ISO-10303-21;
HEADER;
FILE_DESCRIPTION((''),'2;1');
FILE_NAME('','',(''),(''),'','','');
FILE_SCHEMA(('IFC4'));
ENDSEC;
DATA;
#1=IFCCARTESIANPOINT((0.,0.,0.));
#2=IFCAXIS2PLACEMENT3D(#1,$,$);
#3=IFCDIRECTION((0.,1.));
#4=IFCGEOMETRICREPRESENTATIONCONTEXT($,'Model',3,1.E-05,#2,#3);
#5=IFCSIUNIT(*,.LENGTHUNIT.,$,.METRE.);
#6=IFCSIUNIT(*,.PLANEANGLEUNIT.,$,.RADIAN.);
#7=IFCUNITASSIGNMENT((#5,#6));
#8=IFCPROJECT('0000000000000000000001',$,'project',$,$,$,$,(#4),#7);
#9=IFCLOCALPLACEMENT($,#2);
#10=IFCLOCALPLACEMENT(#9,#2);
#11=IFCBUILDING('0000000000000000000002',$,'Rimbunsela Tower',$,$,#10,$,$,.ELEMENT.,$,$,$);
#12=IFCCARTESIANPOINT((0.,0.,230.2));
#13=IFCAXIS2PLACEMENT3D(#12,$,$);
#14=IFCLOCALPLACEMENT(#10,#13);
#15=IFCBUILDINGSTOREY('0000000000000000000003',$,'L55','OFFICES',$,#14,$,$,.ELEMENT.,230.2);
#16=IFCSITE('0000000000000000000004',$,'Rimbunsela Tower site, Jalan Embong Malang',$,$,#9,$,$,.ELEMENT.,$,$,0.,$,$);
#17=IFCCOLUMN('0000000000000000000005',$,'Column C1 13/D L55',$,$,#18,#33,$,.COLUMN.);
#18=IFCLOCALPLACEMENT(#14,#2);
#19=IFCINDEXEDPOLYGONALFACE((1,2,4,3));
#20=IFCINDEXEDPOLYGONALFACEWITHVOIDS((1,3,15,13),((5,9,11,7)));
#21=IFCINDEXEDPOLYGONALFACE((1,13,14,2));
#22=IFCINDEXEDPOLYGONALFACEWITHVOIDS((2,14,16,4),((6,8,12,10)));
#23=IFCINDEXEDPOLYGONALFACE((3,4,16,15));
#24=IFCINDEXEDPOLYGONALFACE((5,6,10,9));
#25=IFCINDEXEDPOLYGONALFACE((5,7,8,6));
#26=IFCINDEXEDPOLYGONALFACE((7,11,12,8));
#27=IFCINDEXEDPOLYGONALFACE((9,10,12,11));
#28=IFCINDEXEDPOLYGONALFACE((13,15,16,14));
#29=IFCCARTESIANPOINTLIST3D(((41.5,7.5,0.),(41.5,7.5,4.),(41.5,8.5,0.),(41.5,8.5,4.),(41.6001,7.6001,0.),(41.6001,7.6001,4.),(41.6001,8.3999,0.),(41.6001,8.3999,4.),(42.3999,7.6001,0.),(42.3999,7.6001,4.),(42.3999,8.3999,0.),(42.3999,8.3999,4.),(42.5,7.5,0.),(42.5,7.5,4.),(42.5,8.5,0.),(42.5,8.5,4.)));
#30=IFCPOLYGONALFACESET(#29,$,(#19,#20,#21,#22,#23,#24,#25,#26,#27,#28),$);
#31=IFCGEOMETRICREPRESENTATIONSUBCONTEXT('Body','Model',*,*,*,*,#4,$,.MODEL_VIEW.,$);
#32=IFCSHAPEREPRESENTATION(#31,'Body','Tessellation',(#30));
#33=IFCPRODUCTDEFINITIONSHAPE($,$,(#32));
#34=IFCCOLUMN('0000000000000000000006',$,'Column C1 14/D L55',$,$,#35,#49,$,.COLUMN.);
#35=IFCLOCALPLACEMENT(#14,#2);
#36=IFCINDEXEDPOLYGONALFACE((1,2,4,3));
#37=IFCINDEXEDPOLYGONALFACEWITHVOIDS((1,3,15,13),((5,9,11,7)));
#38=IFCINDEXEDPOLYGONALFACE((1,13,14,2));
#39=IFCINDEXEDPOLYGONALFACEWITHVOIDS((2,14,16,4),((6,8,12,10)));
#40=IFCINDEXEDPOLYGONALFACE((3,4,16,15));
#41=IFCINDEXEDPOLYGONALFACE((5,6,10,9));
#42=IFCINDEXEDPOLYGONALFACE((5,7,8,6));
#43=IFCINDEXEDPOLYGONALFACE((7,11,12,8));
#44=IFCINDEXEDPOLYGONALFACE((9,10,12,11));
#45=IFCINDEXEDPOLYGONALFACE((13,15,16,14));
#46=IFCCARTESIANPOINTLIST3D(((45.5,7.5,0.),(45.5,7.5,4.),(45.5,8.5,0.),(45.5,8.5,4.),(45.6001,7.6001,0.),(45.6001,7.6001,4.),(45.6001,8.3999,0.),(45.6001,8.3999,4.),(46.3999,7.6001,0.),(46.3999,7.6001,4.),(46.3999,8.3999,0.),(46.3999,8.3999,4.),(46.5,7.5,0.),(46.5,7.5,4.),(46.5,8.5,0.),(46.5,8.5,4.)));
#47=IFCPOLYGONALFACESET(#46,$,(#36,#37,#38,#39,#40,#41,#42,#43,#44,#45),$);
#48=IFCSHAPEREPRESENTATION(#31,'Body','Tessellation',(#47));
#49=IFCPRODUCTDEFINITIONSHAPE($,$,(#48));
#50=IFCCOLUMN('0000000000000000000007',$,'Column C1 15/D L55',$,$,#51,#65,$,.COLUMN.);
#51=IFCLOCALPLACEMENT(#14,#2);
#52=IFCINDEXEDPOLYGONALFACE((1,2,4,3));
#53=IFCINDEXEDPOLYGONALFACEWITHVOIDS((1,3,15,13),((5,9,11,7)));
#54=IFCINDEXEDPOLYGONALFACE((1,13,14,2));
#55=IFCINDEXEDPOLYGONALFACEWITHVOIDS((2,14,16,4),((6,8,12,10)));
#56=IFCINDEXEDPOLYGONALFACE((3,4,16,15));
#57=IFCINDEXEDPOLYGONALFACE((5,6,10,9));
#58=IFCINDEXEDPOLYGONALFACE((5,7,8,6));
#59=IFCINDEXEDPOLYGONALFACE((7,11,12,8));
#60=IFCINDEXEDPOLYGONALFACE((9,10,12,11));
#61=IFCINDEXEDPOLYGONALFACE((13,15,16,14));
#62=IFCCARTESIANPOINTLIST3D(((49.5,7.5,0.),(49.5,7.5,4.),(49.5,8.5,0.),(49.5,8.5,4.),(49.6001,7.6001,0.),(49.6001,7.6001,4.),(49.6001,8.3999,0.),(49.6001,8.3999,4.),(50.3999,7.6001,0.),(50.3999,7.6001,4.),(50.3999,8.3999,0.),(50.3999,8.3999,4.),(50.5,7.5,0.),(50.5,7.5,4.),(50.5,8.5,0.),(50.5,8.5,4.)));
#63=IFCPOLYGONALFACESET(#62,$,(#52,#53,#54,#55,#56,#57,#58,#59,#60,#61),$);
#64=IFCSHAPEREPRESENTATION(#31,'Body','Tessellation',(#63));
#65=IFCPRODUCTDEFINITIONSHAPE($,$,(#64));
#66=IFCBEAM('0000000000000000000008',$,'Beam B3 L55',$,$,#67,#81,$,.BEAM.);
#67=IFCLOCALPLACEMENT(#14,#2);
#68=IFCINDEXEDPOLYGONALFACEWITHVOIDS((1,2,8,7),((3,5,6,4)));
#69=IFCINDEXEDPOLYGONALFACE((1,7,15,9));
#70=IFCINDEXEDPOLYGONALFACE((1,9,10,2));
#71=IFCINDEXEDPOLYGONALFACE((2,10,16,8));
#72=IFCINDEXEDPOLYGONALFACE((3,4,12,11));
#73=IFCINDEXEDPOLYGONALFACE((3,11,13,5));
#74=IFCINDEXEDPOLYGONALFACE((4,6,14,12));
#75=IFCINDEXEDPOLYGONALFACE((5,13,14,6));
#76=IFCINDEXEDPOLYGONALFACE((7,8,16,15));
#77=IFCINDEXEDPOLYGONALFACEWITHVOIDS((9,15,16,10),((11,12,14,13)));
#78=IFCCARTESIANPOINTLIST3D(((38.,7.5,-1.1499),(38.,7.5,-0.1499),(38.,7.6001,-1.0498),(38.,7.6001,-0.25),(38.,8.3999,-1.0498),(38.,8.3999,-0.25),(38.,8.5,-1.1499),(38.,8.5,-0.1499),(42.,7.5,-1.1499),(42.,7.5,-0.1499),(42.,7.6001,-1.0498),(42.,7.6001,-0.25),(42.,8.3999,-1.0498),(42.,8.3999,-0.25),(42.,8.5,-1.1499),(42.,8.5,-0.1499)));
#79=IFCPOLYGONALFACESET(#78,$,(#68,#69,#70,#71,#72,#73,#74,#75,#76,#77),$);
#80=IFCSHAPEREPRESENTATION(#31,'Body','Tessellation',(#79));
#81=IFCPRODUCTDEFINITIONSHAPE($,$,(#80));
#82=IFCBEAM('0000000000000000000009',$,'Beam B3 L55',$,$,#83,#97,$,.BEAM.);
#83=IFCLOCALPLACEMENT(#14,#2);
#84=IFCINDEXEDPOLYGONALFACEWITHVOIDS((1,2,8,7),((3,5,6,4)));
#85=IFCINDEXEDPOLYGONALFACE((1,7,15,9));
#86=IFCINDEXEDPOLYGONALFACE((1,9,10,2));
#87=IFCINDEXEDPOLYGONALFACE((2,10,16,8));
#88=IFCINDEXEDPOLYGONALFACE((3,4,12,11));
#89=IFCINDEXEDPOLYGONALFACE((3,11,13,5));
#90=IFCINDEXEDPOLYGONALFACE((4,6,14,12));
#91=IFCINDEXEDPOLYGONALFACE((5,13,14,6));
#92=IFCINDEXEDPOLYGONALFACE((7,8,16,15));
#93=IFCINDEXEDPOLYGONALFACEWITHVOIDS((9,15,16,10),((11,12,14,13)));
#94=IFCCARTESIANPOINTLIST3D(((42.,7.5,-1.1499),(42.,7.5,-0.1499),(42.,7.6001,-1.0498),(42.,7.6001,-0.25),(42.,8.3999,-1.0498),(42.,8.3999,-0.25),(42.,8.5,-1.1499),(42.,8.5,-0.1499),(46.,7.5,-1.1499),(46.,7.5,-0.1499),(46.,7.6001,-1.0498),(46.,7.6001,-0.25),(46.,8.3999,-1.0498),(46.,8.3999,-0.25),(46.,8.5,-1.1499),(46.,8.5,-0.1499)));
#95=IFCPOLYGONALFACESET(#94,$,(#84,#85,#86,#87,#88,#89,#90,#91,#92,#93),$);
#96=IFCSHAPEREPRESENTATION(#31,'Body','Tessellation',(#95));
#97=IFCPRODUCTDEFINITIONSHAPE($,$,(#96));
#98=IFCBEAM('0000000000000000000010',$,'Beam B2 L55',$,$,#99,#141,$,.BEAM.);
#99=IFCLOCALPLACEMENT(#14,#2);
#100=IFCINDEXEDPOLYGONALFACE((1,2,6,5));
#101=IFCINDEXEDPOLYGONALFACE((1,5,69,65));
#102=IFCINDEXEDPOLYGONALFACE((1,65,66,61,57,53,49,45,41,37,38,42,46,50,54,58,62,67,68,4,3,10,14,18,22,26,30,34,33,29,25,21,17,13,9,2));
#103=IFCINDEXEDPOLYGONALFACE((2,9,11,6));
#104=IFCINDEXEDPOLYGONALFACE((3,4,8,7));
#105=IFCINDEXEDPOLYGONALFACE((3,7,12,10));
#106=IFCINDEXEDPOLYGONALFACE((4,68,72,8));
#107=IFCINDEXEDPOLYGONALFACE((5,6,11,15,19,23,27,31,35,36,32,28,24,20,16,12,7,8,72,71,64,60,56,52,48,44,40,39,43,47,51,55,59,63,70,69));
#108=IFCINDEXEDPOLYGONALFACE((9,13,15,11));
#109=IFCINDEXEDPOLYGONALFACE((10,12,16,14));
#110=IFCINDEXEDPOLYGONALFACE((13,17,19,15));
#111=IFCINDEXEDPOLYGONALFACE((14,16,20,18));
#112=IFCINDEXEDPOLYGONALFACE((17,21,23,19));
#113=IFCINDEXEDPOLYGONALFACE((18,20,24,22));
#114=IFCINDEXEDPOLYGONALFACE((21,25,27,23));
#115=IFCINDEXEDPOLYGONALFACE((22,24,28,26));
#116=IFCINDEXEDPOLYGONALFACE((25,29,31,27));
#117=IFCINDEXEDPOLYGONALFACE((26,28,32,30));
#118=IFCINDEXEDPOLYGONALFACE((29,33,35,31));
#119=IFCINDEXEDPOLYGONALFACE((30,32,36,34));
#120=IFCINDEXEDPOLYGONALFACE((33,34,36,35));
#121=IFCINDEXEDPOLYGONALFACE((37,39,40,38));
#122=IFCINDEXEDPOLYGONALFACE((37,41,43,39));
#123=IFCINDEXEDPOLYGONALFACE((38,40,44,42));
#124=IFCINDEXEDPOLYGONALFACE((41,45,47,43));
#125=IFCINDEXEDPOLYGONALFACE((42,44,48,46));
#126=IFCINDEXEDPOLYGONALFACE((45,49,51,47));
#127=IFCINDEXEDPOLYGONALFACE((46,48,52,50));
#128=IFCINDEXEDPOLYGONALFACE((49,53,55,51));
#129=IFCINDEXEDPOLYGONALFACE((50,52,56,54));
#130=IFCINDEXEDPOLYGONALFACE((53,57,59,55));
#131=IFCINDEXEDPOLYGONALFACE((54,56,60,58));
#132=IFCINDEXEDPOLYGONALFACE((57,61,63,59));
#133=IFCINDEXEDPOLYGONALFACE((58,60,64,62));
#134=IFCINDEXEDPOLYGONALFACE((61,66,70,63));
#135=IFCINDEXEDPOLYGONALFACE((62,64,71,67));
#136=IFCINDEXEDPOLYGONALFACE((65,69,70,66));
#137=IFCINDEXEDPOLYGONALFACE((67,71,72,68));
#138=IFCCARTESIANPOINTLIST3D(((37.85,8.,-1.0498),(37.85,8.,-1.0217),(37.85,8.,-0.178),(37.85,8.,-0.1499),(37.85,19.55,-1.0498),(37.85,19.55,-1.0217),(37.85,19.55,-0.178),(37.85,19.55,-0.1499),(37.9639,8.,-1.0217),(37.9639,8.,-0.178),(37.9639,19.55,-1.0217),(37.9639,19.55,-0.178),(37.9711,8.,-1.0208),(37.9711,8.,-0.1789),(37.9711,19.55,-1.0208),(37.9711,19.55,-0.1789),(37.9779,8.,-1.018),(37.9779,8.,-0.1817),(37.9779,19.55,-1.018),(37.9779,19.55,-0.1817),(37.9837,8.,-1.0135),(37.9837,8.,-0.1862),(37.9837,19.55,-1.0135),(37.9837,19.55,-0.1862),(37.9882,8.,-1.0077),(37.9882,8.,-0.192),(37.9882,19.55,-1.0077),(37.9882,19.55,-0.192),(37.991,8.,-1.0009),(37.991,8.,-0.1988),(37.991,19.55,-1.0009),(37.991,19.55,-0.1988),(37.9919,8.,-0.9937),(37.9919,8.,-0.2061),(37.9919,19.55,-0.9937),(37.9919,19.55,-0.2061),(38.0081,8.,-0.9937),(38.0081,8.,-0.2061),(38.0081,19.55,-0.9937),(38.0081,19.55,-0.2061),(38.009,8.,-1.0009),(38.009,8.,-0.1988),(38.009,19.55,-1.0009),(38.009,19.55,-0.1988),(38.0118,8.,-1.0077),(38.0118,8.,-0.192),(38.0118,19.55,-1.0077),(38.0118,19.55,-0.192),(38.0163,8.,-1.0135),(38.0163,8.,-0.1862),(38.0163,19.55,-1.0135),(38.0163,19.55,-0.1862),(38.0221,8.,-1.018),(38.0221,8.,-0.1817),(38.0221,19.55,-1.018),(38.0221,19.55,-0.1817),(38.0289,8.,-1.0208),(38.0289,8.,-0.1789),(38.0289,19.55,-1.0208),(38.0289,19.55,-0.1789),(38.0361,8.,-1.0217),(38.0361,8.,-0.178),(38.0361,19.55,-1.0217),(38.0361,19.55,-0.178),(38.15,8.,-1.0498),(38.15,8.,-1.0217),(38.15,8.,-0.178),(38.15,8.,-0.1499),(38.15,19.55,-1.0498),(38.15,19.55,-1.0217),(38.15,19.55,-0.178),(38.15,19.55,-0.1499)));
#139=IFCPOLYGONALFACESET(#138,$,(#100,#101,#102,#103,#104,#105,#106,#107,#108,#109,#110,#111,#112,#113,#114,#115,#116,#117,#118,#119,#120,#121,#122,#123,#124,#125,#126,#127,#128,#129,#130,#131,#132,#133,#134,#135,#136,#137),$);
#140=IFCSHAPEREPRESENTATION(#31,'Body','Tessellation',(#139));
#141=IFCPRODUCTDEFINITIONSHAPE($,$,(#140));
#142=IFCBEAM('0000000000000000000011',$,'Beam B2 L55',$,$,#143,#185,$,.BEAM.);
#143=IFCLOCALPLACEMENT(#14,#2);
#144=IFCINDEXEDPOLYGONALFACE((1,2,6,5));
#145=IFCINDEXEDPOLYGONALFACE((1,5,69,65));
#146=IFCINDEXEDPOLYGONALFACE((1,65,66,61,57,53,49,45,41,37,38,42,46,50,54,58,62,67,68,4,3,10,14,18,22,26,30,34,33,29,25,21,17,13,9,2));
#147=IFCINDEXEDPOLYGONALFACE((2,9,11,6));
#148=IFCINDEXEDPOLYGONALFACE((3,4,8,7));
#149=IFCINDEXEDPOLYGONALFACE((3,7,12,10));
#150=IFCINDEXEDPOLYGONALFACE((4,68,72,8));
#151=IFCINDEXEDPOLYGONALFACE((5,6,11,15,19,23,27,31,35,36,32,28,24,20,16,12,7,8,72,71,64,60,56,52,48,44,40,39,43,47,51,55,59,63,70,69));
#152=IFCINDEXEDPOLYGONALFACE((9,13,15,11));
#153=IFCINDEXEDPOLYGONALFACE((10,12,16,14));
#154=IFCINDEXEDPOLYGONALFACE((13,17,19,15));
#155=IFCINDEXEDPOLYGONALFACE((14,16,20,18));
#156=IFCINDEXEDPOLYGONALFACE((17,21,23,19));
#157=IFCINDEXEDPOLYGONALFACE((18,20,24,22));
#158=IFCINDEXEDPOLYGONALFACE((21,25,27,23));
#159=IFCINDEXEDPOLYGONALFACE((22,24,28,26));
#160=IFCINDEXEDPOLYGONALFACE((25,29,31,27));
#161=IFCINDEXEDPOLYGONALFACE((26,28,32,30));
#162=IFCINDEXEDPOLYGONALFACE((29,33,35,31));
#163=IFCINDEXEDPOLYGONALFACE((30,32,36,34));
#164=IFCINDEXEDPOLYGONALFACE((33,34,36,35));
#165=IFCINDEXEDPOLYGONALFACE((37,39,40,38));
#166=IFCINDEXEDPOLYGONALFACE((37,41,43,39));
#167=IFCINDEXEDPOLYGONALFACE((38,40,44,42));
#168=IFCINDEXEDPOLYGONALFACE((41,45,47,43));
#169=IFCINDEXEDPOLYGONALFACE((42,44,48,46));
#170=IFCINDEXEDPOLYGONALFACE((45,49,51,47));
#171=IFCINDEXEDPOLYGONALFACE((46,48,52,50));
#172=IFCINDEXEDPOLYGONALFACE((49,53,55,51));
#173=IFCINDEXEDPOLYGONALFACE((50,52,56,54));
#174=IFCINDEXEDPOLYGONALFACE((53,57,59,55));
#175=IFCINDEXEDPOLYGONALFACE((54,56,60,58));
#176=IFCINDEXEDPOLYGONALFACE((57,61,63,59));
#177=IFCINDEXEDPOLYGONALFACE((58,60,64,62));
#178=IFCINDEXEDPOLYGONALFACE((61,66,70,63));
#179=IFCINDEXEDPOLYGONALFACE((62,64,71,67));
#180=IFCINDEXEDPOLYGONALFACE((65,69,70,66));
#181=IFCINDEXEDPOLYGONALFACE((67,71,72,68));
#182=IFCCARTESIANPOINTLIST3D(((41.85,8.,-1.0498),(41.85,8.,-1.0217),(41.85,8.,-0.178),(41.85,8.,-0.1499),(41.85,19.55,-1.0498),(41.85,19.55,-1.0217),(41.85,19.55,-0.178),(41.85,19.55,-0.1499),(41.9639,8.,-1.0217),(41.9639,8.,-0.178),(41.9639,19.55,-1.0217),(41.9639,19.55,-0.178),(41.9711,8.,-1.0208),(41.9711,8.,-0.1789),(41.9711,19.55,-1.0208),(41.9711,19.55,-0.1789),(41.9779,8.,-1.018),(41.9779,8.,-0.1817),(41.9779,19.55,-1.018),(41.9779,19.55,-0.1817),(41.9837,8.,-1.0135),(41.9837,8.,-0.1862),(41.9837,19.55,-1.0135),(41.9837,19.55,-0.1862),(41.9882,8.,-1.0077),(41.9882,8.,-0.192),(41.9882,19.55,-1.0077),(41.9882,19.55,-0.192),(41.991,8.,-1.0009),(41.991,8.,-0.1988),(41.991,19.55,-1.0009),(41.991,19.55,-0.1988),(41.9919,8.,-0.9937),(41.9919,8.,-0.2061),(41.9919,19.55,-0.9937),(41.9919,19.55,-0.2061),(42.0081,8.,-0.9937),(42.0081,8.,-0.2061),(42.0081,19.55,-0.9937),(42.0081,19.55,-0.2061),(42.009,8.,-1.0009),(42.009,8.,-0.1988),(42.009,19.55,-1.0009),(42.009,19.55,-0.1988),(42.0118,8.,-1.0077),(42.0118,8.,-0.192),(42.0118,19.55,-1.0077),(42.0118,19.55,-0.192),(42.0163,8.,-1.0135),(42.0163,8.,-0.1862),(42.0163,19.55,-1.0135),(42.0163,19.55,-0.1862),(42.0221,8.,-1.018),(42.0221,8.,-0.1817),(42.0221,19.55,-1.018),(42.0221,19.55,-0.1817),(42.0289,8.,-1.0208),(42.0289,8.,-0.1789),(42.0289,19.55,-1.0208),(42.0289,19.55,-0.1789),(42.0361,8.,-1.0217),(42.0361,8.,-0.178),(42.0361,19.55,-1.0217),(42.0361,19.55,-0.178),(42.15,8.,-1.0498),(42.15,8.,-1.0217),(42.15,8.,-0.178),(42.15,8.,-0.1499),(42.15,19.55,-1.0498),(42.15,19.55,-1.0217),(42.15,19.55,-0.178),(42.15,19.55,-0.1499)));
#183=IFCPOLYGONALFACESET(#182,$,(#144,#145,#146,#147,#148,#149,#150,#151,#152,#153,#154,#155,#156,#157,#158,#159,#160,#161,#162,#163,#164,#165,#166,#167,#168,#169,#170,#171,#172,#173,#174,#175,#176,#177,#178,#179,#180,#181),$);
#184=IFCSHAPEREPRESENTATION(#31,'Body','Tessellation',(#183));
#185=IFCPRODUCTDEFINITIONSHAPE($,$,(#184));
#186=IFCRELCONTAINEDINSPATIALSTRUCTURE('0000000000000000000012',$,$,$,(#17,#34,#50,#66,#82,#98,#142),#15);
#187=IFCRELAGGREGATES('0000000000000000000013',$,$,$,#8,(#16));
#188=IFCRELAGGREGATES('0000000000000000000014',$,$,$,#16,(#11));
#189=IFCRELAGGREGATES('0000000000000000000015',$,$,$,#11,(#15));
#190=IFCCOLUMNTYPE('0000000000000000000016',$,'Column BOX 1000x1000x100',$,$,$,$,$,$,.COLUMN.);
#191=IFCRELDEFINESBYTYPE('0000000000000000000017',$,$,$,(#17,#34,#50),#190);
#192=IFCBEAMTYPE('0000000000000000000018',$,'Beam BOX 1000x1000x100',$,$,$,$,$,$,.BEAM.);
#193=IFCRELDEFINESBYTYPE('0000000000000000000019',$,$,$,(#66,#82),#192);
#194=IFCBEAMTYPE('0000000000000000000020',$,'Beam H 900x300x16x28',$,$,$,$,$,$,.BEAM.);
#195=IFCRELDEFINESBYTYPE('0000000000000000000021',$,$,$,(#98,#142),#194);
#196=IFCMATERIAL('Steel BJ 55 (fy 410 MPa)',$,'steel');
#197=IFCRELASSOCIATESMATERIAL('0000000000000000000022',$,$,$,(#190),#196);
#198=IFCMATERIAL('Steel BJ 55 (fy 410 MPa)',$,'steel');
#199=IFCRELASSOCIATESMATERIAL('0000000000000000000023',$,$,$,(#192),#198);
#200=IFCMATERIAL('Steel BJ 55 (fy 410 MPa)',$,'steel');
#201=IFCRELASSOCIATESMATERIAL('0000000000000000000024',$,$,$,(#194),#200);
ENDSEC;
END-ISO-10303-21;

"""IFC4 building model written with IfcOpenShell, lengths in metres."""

from ifc_helpers import new_model, si_unit, direction, frame, origin, origin_2d, place, context, subcontext, project, spatial, hollow_rectangle, i_section, extrude, material, material_profile, profile_set, type_object, element, save


model = new_model("IFC4")

# Units and contexts
model_context = context("Model", 3, precision=1e-05, world=origin(), true_north=direction((0.0, 1.0)))
body_context = subcontext(model_context, "Body", "Model", "MODEL_VIEW")
ifc_project = project(units=[si_unit("LENGTHUNIT", "METRE"), si_unit("PLANEANGLEUNIT", "RADIAN")], contexts=[model_context])

# Site, building, storey
site_placement = place(None, origin())
site = spatial("IfcSite", under=ifc_project, at=site_placement, Name="Rimbunsela Tower site, Jalan Embong Malang", CompositionType="ELEMENT", RefElevation=0.0)
building_placement = place(site_placement, origin())
building = spatial("IfcBuilding", under=site, at=building_placement, Name="Rimbunsela Tower", CompositionType="ELEMENT")
storey_placement = place(building_placement, frame((0.0, 0.0, 230.2)))
storey = spatial("IfcBuildingStorey", under=building, at=storey_placement, Name="L55", Description="OFFICES", CompositionType="ELEMENT", Elevation=230.2)

# Columns
ifc_material_1 = material(Name="Steel BJ 55 (fy 410 MPa)", Category="steel")
ifc_material_profile_1 = material_profile(ifc_material_1, hollow_rectangle(XDim=1.0, YDim=1.0, WallThickness=0.1001, at=origin_2d()), Name="BOX 1000x1000x100")
ifc_profile_set_1 = profile_set([ifc_material_profile_1], Name="Steel BJ 55 (fy 410 MPa)")
column_type = type_object("IfcColumnType", Name="Column BOX 1000x1000x100", PredefinedType="COLUMN", material=ifc_profile_set_1)
for number, where, z_axis, x_axis, name in (
    (1, (42.0, 8.0, 0.0), (0.0, 0.0, 1.0), (1.0, 0.0, 0.0), "Column C1 13/D L55"),
    (2, (46.0, 8.0, 0.0), (0.0, 0.0, 1.0), (1.0, 0.0, 0.0), "Column C1 14/D L55"),
    (3, (50.0, 8.0, 0.0), (0.0, 0.0, 1.0), (1.0, 0.0, 0.0), "Column C1 15/D L55"),
):
    element("IfcColumn", number, at=place(storey_placement, frame(where, z_axis=z_axis, x_axis=x_axis)), inside=storey, type_object=column_type, Name=name, PredefinedType="COLUMN", context=body_context, shape_type="SweptSolid", body=[
        extrude(hollow_rectangle(XDim=1.0, YDim=1.0, WallThickness=0.1001, at=origin_2d()), origin(), (0.0, 0.0, 1.0), 4.0),
    ])

# Beams
ifc_material_2 = material(Name="Steel BJ 55 (fy 410 MPa)", Category="steel")
ifc_material_profile_2 = material_profile(ifc_material_2, hollow_rectangle(XDim=1.0, YDim=1.0, WallThickness=0.1001, at=origin_2d()), Name="BOX 1000x1000x100")
ifc_profile_set_2 = profile_set([ifc_material_profile_2], Name="Steel BJ 55 (fy 410 MPa)")
beam_type_1 = type_object("IfcBeamType", Name="Beam BOX 1000x1000x100", PredefinedType="BEAM", material=ifc_profile_set_2)
for number, where, z_axis, x_axis, name in (
    (4, (38.0, 8.0, -0.6499), (1.0, 0.0, 0.0), (0.0, 1.0, 0.0), "Beam B3 L55"),
    (5, (42.0, 8.0, -0.6499), (1.0, 0.0, 0.0), (0.0, 1.0, 0.0), "Beam B3 L55"),
):
    element("IfcBeam", number, at=place(storey_placement, frame(where, z_axis=z_axis, x_axis=x_axis)), inside=storey, type_object=beam_type_1, Name=name, PredefinedType="BEAM", context=body_context, shape_type="SweptSolid", body=[
        extrude(hollow_rectangle(XDim=1.0, YDim=1.0, WallThickness=0.1001, at=origin_2d()), origin(), (0.0, 0.0, 1.0), 4.0),
    ])
ifc_material_3 = material(Name="Steel BJ 55 (fy 410 MPa)", Category="steel")
ifc_material_profile_3 = material_profile(ifc_material_3, i_section(OverallWidth=0.3, OverallDepth=0.8999, WebThickness=0.0161, FlangeThickness=0.0281, FilletRadius=0.0281, at=origin_2d()), Name="H 900x300x16x28")
ifc_profile_set_3 = profile_set([ifc_material_profile_3], Name="Steel BJ 55 (fy 410 MPa)")
beam_type_2 = type_object("IfcBeamType", Name="Beam H 900x300x16x28", PredefinedType="BEAM", material=ifc_profile_set_3)
for number, where, z_axis, x_axis, name in (
    (6, (38.0, 8.0, -0.5999), (0.0, 1.0, 0.0), (-1.0, 0.0, 0.0), "Beam B2 L55"),
    (7, (42.0, 8.0, -0.5999), (0.0, 1.0, 0.0), (-1.0, 0.0, 0.0), "Beam B2 L55"),
):
    element("IfcBeam", number, at=place(storey_placement, frame(where, z_axis=z_axis, x_axis=x_axis)), inside=storey, type_object=beam_type_2, Name=name, PredefinedType="BEAM", context=body_context, shape_type="SweptSolid", body=[
        extrude(i_section(OverallWidth=0.3, OverallDepth=0.8999, WebThickness=0.0161, FlangeThickness=0.0281, FilletRadius=0.0281, at=origin_2d()), origin(), (0.0, 0.0, 1.0), 11.55),
    ])

save(model, "model.ifc")
